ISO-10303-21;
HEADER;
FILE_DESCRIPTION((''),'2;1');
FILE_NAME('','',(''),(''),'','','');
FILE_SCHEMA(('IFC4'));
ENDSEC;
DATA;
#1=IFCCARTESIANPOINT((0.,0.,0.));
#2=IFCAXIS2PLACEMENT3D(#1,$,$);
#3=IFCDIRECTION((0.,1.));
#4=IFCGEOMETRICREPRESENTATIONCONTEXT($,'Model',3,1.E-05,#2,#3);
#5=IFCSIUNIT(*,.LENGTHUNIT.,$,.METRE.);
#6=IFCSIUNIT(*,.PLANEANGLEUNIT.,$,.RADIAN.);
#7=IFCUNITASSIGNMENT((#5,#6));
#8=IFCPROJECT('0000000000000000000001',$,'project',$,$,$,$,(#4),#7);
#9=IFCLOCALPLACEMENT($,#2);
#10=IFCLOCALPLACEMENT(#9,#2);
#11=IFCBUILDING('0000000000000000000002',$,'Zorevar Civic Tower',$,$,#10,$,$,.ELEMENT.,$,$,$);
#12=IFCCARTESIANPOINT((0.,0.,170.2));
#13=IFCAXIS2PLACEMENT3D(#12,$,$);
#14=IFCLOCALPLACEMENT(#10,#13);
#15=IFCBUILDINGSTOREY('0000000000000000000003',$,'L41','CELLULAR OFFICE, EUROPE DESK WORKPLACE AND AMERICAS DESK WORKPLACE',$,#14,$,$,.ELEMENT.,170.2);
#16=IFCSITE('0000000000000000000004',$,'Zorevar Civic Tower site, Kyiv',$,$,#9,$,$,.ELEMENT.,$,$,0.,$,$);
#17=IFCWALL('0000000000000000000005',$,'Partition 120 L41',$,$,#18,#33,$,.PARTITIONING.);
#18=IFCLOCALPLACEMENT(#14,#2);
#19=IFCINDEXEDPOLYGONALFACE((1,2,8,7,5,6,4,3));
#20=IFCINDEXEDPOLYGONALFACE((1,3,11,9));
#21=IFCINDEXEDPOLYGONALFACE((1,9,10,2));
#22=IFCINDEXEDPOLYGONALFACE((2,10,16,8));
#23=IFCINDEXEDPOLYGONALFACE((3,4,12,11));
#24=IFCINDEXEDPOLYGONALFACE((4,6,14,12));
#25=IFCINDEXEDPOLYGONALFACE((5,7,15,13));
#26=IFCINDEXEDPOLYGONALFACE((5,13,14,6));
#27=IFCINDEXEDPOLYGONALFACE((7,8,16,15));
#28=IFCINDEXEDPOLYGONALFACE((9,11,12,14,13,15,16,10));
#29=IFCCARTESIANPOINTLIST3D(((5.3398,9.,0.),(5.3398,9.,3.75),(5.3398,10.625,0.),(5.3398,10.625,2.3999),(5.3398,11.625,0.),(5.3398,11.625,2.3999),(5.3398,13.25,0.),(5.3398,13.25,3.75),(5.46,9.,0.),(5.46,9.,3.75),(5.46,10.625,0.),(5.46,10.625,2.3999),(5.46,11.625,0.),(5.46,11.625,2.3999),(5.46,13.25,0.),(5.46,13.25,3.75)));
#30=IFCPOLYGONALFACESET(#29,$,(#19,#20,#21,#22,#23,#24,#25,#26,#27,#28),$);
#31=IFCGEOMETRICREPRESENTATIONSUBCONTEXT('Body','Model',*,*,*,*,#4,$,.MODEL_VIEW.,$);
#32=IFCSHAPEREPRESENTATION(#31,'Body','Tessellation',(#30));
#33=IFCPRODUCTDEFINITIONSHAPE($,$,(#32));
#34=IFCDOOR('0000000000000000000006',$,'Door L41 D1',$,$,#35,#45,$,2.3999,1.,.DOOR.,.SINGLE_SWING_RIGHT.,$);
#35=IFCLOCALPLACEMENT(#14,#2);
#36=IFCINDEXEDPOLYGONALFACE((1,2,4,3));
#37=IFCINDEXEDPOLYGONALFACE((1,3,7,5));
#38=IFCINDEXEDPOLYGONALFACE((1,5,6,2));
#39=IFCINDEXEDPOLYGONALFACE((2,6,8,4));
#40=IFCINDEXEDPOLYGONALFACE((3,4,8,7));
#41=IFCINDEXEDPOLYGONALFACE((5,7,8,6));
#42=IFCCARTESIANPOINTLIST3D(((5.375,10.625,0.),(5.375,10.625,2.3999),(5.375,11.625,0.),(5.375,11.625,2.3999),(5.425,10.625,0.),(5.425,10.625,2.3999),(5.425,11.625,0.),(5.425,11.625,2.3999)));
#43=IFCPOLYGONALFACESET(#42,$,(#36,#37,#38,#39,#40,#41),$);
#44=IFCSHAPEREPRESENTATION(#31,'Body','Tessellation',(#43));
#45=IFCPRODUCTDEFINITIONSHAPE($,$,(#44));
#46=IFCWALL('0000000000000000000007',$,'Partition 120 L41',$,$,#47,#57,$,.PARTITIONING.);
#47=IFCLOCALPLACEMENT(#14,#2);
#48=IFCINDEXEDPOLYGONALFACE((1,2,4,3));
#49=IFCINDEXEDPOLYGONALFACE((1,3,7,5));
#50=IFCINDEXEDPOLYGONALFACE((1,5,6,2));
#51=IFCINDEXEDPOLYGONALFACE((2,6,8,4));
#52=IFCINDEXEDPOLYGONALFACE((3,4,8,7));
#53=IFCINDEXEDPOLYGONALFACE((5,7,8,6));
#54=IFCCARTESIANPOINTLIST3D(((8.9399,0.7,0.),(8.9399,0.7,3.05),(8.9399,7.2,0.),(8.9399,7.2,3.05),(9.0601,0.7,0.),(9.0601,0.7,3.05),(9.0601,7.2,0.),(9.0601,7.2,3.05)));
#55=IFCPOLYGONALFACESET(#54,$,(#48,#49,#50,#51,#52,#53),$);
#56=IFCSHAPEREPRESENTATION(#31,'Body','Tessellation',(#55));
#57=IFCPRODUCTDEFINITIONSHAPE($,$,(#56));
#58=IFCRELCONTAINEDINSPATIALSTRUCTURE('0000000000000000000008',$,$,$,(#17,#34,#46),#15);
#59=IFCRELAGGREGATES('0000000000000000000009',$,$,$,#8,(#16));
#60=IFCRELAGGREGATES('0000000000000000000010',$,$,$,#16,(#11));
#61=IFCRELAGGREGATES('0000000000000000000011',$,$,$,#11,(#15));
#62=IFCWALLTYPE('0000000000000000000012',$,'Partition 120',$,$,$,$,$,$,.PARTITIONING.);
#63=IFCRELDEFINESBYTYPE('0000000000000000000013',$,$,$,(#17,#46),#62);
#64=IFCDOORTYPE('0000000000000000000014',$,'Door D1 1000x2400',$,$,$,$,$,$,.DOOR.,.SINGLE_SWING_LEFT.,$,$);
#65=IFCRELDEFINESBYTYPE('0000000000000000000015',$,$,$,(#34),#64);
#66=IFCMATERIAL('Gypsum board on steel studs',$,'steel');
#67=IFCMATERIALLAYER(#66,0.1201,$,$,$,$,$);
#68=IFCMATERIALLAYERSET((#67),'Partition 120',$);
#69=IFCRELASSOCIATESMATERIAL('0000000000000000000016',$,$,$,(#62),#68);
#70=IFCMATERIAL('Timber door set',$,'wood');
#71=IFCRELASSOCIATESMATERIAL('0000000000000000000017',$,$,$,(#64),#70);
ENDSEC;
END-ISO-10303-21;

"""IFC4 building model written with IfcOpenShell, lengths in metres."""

from ifc_helpers import new_model, si_unit, direction, frame, frame_2d, origin, place, context, subcontext, project, spatial, rectangle, extrude, material, layer, layer_set, type_object, element, fill, save


model = new_model("IFC4")

# Units and contexts
model_context = context("Model", 3, precision=1e-05, world=origin(), true_north=direction((0.0, 1.0)))
body_context = subcontext(model_context, "Body", "Model", "MODEL_VIEW")
ifc_project = project(units=[si_unit("LENGTHUNIT", "METRE"), si_unit("PLANEANGLEUNIT", "RADIAN")], contexts=[model_context])

# Site, building, storey
site_placement = place(None, origin())
site = spatial("IfcSite", under=ifc_project, at=site_placement, Name="Zorevar Civic Tower site, Kyiv", CompositionType="ELEMENT", RefElevation=0.0)
building_placement = place(site_placement, origin())
building = spatial("IfcBuilding", under=site, at=building_placement, Name="Zorevar Civic Tower", CompositionType="ELEMENT")
storey_placement = place(building_placement, frame((0.0, 0.0, 170.2)))
storey = spatial("IfcBuildingStorey", under=building, at=storey_placement, Name="L41", Description="CELLULAR OFFICE, EUROPE DESK WORKPLACE AND AMERICAS DESK WORKPLACE", CompositionType="ELEMENT", Elevation=170.2)

# Shared definitions
ifc_material_1 = material(Name="Gypsum board on steel studs", Category="steel")
ifc_layer_1 = layer(ifc_material_1, 0.1201)
ifc_layer_set_1 = layer_set([ifc_layer_1], Name="Partition 120")
wall_type = type_object("IfcWallType", Name="Partition 120", PredefinedType="PARTITIONING", material=ifc_layer_set_1)
ifc_material_2 = material(Name="Timber door set", Category="wood")
door_type = type_object("IfcDoorType", Name="Door D1 1000x2400", OperationType="SINGLE_SWING_LEFT", PredefinedType="DOOR", material=ifc_material_2)

# Wall, opening, door
wall_1_placement = place(storey_placement, frame((5.3999, 9.0, 0.0), z_axis=(0.0, 0.0, 1.0), x_axis=(0.0, 1.0, 0.0)))
wall_1 = element("IfcWall", 1, at=wall_1_placement, inside=storey, type_object=wall_type, Name="Partition 120 L41", PredefinedType="PARTITIONING", context=body_context, shape_type="SweptSolid", body=[
    extrude(rectangle(XDim=4.25, YDim=0.1201, at=frame_2d((2.125, 0.0))), origin(), (0.0, 0.0, 1.0), 3.75),
])
opening_1_placement = place(wall_1_placement, frame((1.625, 0.0, 0.0)))
opening_1 = element("IfcOpeningElement", 2, at=opening_1_placement, cuts=wall_1, PredefinedType="OPENING", context=body_context, shape_type="SweptSolid", body=[
    extrude(rectangle(XDim=1.0, YDim=2.3999, at=frame_2d((0.5, 1.2))), frame((0.0, 0.0701, 0.0), z_axis=(0.0, -1.0, 0.0), x_axis=(1.0, 0.0, 0.0)), (0.0, 0.0, 1.0), 0.1401),
])
door_1_placement = place(opening_1_placement, origin())
door_1 = element("IfcDoor", 3, at=door_1_placement, inside=storey, type_object=door_type, Name="Door L41 D1", OperationType="SINGLE_SWING_RIGHT", OverallHeight=2.3999, OverallWidth=1.0, PredefinedType="DOOR", context=body_context, shape_type="SweptSolid", body=[
    extrude(rectangle(XDim=1.0, YDim=2.3999, at=frame_2d((0.5, 1.2))), frame((0.0, 0.0249, 0.0), z_axis=(0.0, -1.0, 0.0), x_axis=(1.0, 0.0, 0.0)), (0.0, 0.0, 1.0), 0.05),
])
fill(opening_1, door_1)

# Wall
wall_2_placement = place(storey_placement, frame((9.0, 0.7, 0.0), z_axis=(0.0, 0.0, 1.0), x_axis=(0.0, 1.0, 0.0)))
element("IfcWall", 4, at=wall_2_placement, inside=storey, type_object=wall_type, Name="Partition 120 L41", PredefinedType="PARTITIONING", context=body_context, shape_type="SweptSolid", body=[
    extrude(rectangle(XDim=6.5, YDim=0.1201, at=frame_2d((3.25, 0.0))), origin(), (0.0, 0.0, 1.0), 3.05),
])

save(model, "model.ifc")
